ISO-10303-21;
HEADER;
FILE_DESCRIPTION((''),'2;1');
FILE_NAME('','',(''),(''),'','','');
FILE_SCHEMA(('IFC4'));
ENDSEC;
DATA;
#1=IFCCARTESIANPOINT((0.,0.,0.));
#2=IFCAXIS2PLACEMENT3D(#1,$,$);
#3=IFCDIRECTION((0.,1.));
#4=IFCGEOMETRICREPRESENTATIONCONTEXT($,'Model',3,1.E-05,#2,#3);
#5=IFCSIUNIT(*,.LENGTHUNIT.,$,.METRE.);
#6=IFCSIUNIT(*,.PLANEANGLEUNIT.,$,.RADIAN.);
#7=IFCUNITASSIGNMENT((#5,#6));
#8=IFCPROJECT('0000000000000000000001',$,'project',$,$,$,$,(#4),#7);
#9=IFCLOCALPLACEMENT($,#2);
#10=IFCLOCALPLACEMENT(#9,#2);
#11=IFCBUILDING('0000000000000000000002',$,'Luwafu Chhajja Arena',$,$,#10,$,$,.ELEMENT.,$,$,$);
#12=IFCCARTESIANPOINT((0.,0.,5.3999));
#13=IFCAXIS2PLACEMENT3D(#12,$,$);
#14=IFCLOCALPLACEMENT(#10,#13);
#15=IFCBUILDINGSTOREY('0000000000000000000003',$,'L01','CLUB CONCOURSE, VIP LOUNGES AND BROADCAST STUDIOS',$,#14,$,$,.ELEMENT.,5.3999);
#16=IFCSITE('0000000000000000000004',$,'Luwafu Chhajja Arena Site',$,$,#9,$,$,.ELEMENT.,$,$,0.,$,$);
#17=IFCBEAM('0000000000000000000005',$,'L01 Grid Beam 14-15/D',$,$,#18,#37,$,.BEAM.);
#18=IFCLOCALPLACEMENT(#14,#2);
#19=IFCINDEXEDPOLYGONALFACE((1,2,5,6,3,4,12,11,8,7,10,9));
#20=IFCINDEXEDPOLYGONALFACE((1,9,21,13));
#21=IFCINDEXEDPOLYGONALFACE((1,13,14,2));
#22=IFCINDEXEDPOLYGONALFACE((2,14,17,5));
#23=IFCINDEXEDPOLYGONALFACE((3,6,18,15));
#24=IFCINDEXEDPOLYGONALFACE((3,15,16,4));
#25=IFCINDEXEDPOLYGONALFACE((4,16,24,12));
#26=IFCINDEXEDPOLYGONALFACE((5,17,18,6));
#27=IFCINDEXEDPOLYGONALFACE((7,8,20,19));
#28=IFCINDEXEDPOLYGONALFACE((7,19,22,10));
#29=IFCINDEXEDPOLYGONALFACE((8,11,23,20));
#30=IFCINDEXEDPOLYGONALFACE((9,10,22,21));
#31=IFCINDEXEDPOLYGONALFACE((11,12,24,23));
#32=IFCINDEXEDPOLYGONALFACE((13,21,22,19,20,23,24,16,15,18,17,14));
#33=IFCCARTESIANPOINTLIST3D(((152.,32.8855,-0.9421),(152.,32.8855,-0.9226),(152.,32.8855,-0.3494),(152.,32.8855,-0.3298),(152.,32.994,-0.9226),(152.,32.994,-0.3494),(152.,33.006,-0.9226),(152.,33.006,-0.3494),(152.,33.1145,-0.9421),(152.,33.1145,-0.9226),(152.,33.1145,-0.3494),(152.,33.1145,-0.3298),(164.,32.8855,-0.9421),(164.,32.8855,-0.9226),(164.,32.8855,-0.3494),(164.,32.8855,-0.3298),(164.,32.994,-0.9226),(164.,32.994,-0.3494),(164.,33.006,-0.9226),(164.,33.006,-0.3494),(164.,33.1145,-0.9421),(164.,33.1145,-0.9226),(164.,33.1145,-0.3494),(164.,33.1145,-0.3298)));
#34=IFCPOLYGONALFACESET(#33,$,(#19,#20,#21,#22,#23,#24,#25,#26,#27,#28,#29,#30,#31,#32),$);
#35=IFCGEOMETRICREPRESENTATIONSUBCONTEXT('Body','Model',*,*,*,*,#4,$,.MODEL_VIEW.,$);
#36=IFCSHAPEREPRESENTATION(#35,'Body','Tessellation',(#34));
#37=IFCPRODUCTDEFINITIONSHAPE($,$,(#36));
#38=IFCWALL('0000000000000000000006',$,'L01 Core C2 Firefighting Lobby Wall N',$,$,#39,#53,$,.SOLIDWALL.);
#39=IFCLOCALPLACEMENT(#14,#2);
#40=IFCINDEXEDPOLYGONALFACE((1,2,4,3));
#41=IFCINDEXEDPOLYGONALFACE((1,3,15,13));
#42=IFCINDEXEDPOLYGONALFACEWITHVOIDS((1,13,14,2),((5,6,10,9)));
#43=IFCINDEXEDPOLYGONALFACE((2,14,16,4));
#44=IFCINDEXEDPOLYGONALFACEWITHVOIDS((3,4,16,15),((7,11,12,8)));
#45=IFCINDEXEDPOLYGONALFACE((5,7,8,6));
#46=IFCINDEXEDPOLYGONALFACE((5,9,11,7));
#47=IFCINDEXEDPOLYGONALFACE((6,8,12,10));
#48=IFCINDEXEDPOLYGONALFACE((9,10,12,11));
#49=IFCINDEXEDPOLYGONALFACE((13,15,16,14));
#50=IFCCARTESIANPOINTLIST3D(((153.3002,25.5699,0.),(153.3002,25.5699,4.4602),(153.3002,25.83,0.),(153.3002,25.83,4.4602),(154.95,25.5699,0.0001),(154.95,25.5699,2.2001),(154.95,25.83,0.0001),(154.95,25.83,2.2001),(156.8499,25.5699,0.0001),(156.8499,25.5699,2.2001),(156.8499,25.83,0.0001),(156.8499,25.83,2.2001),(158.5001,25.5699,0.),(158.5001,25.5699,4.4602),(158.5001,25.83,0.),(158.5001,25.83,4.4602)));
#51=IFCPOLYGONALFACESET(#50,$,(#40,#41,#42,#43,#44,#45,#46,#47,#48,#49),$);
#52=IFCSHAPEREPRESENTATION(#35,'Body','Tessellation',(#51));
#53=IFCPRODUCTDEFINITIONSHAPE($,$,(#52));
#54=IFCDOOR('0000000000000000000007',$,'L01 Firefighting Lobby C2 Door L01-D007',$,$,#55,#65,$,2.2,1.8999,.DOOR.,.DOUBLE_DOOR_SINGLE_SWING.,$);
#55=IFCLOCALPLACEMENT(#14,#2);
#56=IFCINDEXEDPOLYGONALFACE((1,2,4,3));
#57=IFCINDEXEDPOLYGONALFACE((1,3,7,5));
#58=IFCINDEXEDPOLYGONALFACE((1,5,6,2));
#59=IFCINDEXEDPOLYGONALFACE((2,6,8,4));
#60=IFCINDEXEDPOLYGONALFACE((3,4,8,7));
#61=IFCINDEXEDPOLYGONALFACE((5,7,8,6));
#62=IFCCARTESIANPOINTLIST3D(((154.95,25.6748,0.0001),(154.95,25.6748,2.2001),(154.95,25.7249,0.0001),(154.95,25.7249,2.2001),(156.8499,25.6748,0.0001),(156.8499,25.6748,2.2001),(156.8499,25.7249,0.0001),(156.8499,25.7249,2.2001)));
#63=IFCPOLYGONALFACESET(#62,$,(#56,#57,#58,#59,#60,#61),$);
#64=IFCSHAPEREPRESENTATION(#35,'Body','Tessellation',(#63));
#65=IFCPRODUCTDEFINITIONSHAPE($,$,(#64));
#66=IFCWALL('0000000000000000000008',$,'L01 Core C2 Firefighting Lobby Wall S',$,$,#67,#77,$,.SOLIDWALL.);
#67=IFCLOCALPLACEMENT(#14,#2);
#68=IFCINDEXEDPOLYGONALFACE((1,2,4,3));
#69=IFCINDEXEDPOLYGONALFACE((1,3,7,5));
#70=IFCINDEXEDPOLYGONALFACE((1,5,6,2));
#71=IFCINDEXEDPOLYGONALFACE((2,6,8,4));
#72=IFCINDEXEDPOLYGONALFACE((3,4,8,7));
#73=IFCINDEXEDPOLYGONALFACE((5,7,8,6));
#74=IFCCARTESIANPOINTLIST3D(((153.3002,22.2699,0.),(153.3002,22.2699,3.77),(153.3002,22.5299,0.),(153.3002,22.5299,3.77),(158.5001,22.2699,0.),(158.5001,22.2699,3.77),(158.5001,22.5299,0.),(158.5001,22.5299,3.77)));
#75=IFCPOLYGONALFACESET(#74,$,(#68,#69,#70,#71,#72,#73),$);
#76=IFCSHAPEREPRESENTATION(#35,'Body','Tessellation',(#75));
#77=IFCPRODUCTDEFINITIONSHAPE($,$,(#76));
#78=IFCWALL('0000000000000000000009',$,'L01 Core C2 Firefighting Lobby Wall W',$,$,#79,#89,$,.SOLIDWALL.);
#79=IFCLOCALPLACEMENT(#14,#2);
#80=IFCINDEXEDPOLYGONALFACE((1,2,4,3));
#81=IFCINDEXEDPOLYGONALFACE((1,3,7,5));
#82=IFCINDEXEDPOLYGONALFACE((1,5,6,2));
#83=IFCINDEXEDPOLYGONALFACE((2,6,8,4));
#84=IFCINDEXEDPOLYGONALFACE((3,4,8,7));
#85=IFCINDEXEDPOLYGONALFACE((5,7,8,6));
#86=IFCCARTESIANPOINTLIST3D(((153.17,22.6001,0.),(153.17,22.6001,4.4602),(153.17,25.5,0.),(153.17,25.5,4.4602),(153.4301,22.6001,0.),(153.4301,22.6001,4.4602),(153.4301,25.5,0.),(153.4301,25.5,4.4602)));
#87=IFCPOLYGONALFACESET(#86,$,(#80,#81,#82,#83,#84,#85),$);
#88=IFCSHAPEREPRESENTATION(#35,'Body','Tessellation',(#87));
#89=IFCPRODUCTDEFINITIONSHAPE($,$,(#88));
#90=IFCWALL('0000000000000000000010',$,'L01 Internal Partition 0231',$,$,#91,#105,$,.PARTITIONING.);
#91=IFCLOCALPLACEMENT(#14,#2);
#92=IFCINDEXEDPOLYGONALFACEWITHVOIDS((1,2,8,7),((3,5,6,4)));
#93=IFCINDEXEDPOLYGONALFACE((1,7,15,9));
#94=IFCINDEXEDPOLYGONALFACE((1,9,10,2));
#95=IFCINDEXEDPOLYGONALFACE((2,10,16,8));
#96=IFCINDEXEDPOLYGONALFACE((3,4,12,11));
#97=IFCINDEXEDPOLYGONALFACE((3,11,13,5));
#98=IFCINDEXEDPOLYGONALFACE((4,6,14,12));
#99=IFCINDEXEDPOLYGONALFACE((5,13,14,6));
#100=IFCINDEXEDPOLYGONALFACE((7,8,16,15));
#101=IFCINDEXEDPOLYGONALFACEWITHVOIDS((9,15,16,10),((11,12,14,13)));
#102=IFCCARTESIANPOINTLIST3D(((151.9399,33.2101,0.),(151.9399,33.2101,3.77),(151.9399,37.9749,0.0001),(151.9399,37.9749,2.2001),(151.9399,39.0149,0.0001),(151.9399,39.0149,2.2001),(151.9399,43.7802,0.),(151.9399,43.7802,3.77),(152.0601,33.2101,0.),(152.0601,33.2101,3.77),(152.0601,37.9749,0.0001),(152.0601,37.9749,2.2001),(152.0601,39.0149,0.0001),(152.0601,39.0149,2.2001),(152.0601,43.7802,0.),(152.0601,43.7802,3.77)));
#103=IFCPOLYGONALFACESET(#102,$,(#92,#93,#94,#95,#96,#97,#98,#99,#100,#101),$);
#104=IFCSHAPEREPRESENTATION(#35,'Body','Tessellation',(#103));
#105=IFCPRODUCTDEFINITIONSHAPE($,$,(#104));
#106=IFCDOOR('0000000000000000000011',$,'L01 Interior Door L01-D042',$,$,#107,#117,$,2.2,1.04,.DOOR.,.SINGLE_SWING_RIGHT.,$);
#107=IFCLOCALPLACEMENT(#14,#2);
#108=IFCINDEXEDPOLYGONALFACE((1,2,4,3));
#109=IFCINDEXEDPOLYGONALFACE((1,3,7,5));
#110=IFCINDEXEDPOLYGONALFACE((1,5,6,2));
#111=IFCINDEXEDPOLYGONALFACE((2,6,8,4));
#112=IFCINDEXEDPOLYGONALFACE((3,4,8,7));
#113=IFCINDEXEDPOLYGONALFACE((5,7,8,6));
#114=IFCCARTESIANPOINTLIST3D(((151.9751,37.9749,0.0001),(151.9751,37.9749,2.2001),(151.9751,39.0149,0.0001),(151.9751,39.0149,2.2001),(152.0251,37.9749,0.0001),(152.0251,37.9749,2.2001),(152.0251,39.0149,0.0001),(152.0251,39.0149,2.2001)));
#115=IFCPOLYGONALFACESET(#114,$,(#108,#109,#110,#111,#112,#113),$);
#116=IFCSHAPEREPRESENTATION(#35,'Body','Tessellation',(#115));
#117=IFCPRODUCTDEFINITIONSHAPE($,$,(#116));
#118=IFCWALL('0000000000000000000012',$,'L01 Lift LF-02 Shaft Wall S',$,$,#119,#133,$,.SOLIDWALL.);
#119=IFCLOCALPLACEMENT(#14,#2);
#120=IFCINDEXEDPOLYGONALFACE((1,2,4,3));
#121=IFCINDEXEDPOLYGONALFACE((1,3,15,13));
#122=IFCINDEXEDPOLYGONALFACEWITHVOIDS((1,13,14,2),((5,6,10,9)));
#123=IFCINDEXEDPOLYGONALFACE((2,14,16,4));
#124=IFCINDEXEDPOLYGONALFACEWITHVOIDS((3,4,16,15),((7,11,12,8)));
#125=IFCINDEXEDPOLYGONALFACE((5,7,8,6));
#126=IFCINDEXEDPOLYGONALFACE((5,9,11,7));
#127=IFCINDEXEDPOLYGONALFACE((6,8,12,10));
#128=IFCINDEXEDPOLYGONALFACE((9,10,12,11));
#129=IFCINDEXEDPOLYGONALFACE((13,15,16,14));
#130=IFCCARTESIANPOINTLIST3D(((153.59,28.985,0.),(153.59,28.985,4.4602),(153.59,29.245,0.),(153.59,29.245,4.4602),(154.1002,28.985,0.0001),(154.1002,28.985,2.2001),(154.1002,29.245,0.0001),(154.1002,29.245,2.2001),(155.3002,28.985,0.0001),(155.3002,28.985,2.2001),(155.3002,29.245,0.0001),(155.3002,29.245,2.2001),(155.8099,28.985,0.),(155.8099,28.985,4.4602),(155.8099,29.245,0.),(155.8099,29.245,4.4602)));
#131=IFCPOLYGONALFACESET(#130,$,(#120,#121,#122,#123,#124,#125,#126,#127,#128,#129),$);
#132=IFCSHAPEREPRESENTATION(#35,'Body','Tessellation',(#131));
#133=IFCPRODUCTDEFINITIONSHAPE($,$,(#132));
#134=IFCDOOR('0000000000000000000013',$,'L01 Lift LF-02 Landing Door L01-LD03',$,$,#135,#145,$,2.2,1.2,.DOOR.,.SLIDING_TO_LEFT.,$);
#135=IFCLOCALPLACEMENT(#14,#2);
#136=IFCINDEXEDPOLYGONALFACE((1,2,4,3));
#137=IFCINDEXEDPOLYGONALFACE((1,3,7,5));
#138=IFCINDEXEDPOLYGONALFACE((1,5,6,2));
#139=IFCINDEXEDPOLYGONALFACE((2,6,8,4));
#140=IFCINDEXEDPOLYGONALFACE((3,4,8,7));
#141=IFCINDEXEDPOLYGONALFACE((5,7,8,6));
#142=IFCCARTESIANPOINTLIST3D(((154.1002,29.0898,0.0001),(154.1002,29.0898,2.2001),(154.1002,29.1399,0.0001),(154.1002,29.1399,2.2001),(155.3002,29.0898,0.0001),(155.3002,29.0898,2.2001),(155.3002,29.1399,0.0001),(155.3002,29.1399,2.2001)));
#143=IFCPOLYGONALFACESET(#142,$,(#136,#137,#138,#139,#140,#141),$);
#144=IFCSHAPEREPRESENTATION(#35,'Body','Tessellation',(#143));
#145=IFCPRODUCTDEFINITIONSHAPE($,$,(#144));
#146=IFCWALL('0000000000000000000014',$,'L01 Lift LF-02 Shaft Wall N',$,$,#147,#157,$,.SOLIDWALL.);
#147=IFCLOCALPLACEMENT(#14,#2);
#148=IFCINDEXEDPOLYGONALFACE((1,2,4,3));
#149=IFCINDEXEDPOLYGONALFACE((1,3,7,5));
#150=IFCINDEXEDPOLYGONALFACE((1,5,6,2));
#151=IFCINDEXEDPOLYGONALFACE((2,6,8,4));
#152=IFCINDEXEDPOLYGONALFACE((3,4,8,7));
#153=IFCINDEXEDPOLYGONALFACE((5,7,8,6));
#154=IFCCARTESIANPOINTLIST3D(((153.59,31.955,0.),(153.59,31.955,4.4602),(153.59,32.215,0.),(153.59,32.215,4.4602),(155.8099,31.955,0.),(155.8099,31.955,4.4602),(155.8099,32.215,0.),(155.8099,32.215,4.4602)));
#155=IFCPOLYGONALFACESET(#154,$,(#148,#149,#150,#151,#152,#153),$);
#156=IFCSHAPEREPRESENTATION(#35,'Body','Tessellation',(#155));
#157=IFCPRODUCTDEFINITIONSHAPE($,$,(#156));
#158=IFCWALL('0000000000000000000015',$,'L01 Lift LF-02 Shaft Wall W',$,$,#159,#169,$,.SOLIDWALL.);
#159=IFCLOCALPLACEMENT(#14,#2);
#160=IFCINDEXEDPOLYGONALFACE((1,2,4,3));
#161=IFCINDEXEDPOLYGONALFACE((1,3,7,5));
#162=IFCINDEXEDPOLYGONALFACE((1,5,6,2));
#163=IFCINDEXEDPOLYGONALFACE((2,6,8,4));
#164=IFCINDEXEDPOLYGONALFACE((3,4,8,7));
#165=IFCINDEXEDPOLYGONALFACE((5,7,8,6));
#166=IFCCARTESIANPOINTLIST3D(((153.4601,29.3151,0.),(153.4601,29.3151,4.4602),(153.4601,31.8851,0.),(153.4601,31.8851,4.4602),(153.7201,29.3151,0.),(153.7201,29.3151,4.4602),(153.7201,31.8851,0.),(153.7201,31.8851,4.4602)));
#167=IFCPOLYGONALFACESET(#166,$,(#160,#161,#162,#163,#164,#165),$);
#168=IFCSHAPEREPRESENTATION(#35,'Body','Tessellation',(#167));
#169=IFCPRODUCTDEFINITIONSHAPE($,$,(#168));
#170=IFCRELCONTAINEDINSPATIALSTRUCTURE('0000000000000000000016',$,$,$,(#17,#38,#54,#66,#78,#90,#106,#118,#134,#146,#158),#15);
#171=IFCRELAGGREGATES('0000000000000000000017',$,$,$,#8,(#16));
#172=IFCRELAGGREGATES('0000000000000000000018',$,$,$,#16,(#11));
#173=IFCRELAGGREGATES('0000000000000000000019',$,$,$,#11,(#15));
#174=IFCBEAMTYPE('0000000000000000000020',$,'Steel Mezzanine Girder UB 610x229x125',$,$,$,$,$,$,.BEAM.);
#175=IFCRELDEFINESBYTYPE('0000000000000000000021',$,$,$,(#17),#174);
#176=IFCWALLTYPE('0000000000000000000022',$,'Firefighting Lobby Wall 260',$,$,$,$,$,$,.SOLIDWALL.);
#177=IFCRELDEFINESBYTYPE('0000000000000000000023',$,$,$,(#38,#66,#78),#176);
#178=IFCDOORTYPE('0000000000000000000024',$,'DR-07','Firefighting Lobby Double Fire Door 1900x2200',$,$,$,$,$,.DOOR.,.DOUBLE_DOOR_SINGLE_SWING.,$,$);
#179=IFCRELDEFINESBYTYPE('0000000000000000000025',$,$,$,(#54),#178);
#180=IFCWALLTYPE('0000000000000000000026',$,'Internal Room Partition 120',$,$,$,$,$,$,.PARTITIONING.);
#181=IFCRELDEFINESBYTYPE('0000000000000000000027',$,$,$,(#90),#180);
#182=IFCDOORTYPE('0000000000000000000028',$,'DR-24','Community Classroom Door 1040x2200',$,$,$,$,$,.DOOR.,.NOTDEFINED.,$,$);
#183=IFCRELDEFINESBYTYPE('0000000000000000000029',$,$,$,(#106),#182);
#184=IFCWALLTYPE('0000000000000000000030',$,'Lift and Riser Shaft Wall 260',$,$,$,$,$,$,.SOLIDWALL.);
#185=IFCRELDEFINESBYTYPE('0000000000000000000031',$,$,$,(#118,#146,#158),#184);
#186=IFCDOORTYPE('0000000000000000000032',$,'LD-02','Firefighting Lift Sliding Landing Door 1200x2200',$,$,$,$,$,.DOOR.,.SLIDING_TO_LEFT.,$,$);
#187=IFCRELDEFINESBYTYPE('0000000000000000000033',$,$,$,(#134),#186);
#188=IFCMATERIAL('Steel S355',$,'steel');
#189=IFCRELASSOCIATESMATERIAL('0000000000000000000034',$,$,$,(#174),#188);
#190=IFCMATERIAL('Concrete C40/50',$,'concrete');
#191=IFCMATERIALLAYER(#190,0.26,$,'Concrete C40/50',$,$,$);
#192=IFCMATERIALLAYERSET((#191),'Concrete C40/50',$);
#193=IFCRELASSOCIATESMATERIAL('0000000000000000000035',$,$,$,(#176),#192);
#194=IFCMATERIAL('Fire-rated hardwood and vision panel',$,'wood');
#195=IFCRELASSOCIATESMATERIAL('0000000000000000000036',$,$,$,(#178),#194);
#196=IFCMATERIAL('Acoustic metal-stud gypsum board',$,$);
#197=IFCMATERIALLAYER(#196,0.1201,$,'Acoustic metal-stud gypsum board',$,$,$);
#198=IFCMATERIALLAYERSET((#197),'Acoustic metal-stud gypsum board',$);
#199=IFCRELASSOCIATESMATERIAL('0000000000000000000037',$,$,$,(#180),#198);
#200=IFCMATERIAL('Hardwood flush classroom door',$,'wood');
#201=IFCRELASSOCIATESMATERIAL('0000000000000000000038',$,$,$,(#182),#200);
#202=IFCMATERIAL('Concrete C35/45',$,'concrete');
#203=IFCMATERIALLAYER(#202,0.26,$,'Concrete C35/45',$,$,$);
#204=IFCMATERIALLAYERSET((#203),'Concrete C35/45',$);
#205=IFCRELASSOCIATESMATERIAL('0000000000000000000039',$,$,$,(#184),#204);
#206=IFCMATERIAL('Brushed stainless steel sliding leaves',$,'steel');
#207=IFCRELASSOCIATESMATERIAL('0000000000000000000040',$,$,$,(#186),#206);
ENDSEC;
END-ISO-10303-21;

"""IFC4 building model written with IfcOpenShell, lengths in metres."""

from ifc_helpers import new_model, si_unit, direction, frame, frame_2d, origin, origin_2d, place, context, subcontext, project, spatial, rectangle, i_section, extrude, material, layer, layer_set, material_profile, profile_set, type_object, element, fill, save


model = new_model("IFC4")

# Units and contexts
model_context = context("Model", 3, precision=1e-05, world=origin(), true_north=direction((0.0, 1.0)))
body_context = subcontext(model_context, "Body", "Model", "MODEL_VIEW")
ifc_project = project(units=[si_unit("LENGTHUNIT", "METRE"), si_unit("PLANEANGLEUNIT", "RADIAN")], contexts=[model_context])

# Site, building, storey
site_placement = place(None, origin())
site = spatial("IfcSite", under=ifc_project, at=site_placement, Name="Luwafu Chhajja Arena Site", CompositionType="ELEMENT", RefElevation=0.0)
building_placement = place(site_placement, origin())
building = spatial("IfcBuilding", under=site, at=building_placement, Name="Luwafu Chhajja Arena", CompositionType="ELEMENT")
storey_placement = place(building_placement, frame((0.0, 0.0, 5.3999)))
storey = spatial("IfcBuildingStorey", under=building, at=storey_placement, Name="L01", Description="CLUB CONCOURSE, VIP LOUNGES AND BROADCAST STUDIOS", CompositionType="ELEMENT", Elevation=5.3999)

# Shared definitions
ifc_material_1 = material(Name="Concrete C35/45", Category="concrete")
ifc_material_2 = material(Name="Steel S355", Category="steel")
ifc_material_3 = material(Name="Concrete C40/50", Category="concrete")

# Beam
ifc_material_profile_1 = material_profile(ifc_material_2, i_section(OverallWidth=0.229, OverallDepth=0.6123, WebThickness=0.012, FlangeThickness=0.0195, at=origin_2d()), Name="UB 610x229x125")
ifc_profile_set_1 = profile_set([ifc_material_profile_1], Name="Steel S355")
beam_type_1 = type_object("IfcBeamType", Name="Steel Mezzanine Girder UB 610x229x125", PredefinedType="BEAM", material=ifc_profile_set_1)
beam_1_placement = place(storey_placement, frame((152.0, 33.0, -0.636), z_axis=(1.0, 0.0, 0.0), x_axis=(0.0, 1.0, 0.0)))
element("IfcBeam", 1, at=beam_1_placement, inside=storey, type_object=beam_type_1, Name="L01 Grid Beam 14-15/D", PredefinedType="BEAM", context=body_context, shape_type="SweptSolid", body=[
    extrude(i_section(OverallWidth=0.229, OverallDepth=0.6123, WebThickness=0.012, FlangeThickness=0.0195, at=origin_2d()), origin(), (0.0, 0.0, 1.0), 12.0),
])

# Wall, opening, door
ifc_layer_1 = layer(ifc_material_3, 0.26, Name="Concrete C40/50")
ifc_layer_set_1 = layer_set([ifc_layer_1], Name="Concrete C40/50")
wall_type_1 = type_object("IfcWallType", Name="Firefighting Lobby Wall 260", PredefinedType="SOLIDWALL", material=ifc_layer_set_1)
wall_1_placement = place(storey_placement, frame((153.3, 25.7, 0.0), z_axis=(0.0, 0.0, 1.0), x_axis=(1.0, 0.0, 0.0)))
wall_1 = element("IfcWall", 2, at=wall_1_placement, inside=storey, type_object=wall_type_1, Name="L01 Core C2 Firefighting Lobby Wall N", PredefinedType="SOLIDWALL", context=body_context, shape_type="SweptSolid", body=[
    extrude(rectangle(XDim=5.2, YDim=0.26, at=frame_2d((2.6001, 0.0))), origin(), (0.0, 0.0, 1.0), 4.4602),
])
opening_1_placement = place(wall_1_placement, frame((1.6499, 0.0, 0.0)))
opening_1 = element("IfcOpeningElement", 3, at=opening_1_placement, cuts=wall_1, PredefinedType="OPENING", context=body_context, shape_type="SweptSolid", body=[
    extrude(rectangle(XDim=1.8999, YDim=2.2, at=frame_2d((0.95, 1.1001))), frame((0.0, 0.1399, 0.0), z_axis=(0.0, -1.0, 0.0), x_axis=(1.0, 0.0, 0.0)), (0.0, 0.0, 1.0), 0.28),
])
ifc_material_4 = material(Name="Fire-rated hardwood and vision panel", Category="wood")
door_type_1 = type_object("IfcDoorType", Name="DR-07", Description="Firefighting Lobby Double Fire Door 1900x2200", OperationType="DOUBLE_DOOR_SINGLE_SWING", PredefinedType="DOOR", material=ifc_material_4)
door_1_placement = place(opening_1_placement, origin())
door_1 = element("IfcDoor", 4, at=door_1_placement, inside=storey, type_object=door_type_1, Name="L01 Firefighting Lobby C2 Door L01-D007", OperationType="DOUBLE_DOOR_SINGLE_SWING", OverallHeight=2.2, OverallWidth=1.8999, PredefinedType="DOOR", context=body_context, shape_type="SweptSolid", body=[
    extrude(rectangle(XDim=1.8999, YDim=2.2, at=frame_2d((0.95, 1.1001))), frame((0.0, 0.0249, 0.0), z_axis=(0.0, -1.0, 0.0), x_axis=(1.0, 0.0, 0.0)), (0.0, 0.0, 1.0), 0.05),
])
fill(opening_1, door_1)

# Walls
wall_2_placement = place(storey_placement, frame((153.3, 22.3999, 0.0), z_axis=(0.0, 0.0, 1.0), x_axis=(1.0, 0.0, 0.0)))
element("IfcWall", 5, at=wall_2_placement, inside=storey, type_object=wall_type_1, Name="L01 Core C2 Firefighting Lobby Wall S", PredefinedType="SOLIDWALL", context=body_context, shape_type="SweptSolid", body=[
    extrude(rectangle(XDim=5.2, YDim=0.26, at=frame_2d((2.6001, 0.0))), origin(), (0.0, 0.0, 1.0), 3.77),
])
wall_3_placement = place(storey_placement, frame((153.3, 22.6001, 0.0), z_axis=(0.0, 0.0, 1.0), x_axis=(0.0, 1.0, 0.0)))
element("IfcWall", 6, at=wall_3_placement, inside=storey, type_object=wall_type_1, Name="L01 Core C2 Firefighting Lobby Wall W", PredefinedType="SOLIDWALL", context=body_context, shape_type="SweptSolid", body=[
    extrude(rectangle(XDim=2.8999, YDim=0.26, at=frame_2d((1.45, 0.0))), origin(), (0.0, 0.0, 1.0), 4.4602),
])

# Walls, openings, doors
ifc_material_5 = material(Name="Acoustic metal-stud gypsum board")
ifc_layer_2 = layer(ifc_material_5, 0.1201, Name="Acoustic metal-stud gypsum board")
ifc_layer_set_2 = layer_set([ifc_layer_2], Name="Acoustic metal-stud gypsum board")
wall_type_2 = type_object("IfcWallType", Name="Internal Room Partition 120", PredefinedType="PARTITIONING", material=ifc_layer_set_2)
wall_4_placement = place(storey_placement, frame((152.0, 33.21, 0.0), z_axis=(0.0, 0.0, 1.0), x_axis=(0.0, 1.0, 0.0)))
wall_4 = element("IfcWall", 7, at=wall_4_placement, inside=storey, type_object=wall_type_2, Name="L01 Internal Partition 0231", PredefinedType="PARTITIONING", context=body_context, shape_type="SweptSolid", body=[
    extrude(rectangle(XDim=10.5701, YDim=0.1201, at=frame_2d((5.2852, 0.0))), origin(), (0.0, 0.0, 1.0), 3.77),
])
opening_2_placement = place(wall_4_placement, frame((4.7649, 0.0, 0.0)))
opening_2 = element("IfcOpeningElement", 8, at=opening_2_placement, cuts=wall_4, PredefinedType="OPENING", context=body_context, shape_type="SweptSolid", body=[
    extrude(rectangle(XDim=1.04, YDim=2.2, at=frame_2d((0.52, 1.1001))), frame((0.0, 0.0701, 0.0), z_axis=(0.0, -1.0, 0.0), x_axis=(1.0, 0.0, 0.0)), (0.0, 0.0, 1.0), 0.1401),
])
ifc_material_6 = material(Name="Hardwood flush classroom door", Category="wood")
door_type_2 = type_object("IfcDoorType", Name="DR-24", Description="Community Classroom Door 1040x2200", OperationType="NOTDEFINED", PredefinedType="DOOR", material=ifc_material_6)
door_2_placement = place(opening_2_placement, origin())
door_2 = element("IfcDoor", 9, at=door_2_placement, inside=storey, type_object=door_type_2, Name="L01 Interior Door L01-D042", OperationType="SINGLE_SWING_RIGHT", OverallHeight=2.2, OverallWidth=1.04, PredefinedType="DOOR", context=body_context, shape_type="SweptSolid", body=[
    extrude(rectangle(XDim=1.04, YDim=2.2, at=frame_2d((0.52, 1.1001))), frame((0.0, 0.0249, 0.0), z_axis=(0.0, -1.0, 0.0), x_axis=(1.0, 0.0, 0.0)), (0.0, 0.0, 1.0), 0.05),
])
fill(opening_2, door_2)
ifc_layer_3 = layer(ifc_material_1, 0.26, Name="Concrete C35/45")
ifc_layer_set_3 = layer_set([ifc_layer_3], Name="Concrete C35/45")
wall_type_3 = type_object("IfcWallType", Name="Lift and Riser Shaft Wall 260", PredefinedType="SOLIDWALL", material=ifc_layer_set_3)
wall_5_placement = place(storey_placement, frame((153.5901, 29.115, 0.0), z_axis=(0.0, 0.0, 1.0), x_axis=(1.0, 0.0, 0.0)))
wall_5 = element("IfcWall", 10, at=wall_5_placement, inside=storey, type_object=wall_type_3, Name="L01 Lift LF-02 Shaft Wall S", PredefinedType="SOLIDWALL", context=body_context, shape_type="SweptSolid", body=[
    extrude(rectangle(XDim=2.22, YDim=0.26, at=frame_2d((1.1099, 0.0))), origin(), (0.0, 0.0, 1.0), 4.4602),
])
opening_3_placement = place(wall_5_placement, frame((0.51, 0.0, 0.0)))
opening_3 = element("IfcOpeningElement", 11, at=opening_3_placement, cuts=wall_5, PredefinedType="OPENING", context=body_context, shape_type="SweptSolid", body=[
    extrude(rectangle(XDim=1.2, YDim=2.2, at=frame_2d((0.6001, 1.1001))), frame((0.0, 0.1399, 0.0), z_axis=(0.0, -1.0, 0.0), x_axis=(1.0, 0.0, 0.0)), (0.0, 0.0, 1.0), 0.28),
])
ifc_material_7 = material(Name="Brushed stainless steel sliding leaves", Category="steel")
door_type_3 = type_object("IfcDoorType", Name="LD-02", Description="Firefighting Lift Sliding Landing Door 1200x2200", OperationType="SLIDING_TO_LEFT", PredefinedType="DOOR", material=ifc_material_7)
door_3_placement = place(opening_3_placement, origin())
door_3 = element("IfcDoor", 12, at=door_3_placement, inside=storey, type_object=door_type_3, Name="L01 Lift LF-02 Landing Door L01-LD03", OperationType="SLIDING_TO_LEFT", OverallHeight=2.2, OverallWidth=1.2, PredefinedType="DOOR", context=body_context, shape_type="SweptSolid", body=[
    extrude(rectangle(XDim=1.2, YDim=2.2, at=frame_2d((0.6001, 1.1001))), frame((0.0, 0.0249, 0.0), z_axis=(0.0, -1.0, 0.0), x_axis=(1.0, 0.0, 0.0)), (0.0, 0.0, 1.0), 0.05),
])
fill(opening_3, door_3)

# Walls
wall_6_placement = place(storey_placement, frame((153.5901, 32.085, 0.0), z_axis=(0.0, 0.0, 1.0), x_axis=(1.0, 0.0, 0.0)))
element("IfcWall", 13, at=wall_6_placement, inside=storey, type_object=wall_type_3, Name="L01 Lift LF-02 Shaft Wall N", PredefinedType="SOLIDWALL", context=body_context, shape_type="SweptSolid", body=[
    extrude(rectangle(XDim=2.22, YDim=0.26, at=frame_2d((1.1099, 0.0))), origin(), (0.0, 0.0, 1.0), 4.4602),
])
for number, where, z_axis, x_axis, name in (
    (14, (153.5901, 29.3149, 0.0), (0.0, 0.0, 1.0), (0.0, 1.0, 0.0), "L01 Lift LF-02 Shaft Wall W"),
):
    element("IfcWall", number, at=place(storey_placement, frame(where, z_axis=z_axis, x_axis=x_axis)), inside=storey, type_object=wall_type_3, Name=name, PredefinedType="SOLIDWALL", context=body_context, shape_type="SweptSolid", body=[
        extrude(rectangle(XDim=2.5701, YDim=0.26, at=frame_2d((1.2852, 0.0))), origin(), (0.0, 0.0, 1.0), 4.4602),
    ])

save(model, "model.ifc")
